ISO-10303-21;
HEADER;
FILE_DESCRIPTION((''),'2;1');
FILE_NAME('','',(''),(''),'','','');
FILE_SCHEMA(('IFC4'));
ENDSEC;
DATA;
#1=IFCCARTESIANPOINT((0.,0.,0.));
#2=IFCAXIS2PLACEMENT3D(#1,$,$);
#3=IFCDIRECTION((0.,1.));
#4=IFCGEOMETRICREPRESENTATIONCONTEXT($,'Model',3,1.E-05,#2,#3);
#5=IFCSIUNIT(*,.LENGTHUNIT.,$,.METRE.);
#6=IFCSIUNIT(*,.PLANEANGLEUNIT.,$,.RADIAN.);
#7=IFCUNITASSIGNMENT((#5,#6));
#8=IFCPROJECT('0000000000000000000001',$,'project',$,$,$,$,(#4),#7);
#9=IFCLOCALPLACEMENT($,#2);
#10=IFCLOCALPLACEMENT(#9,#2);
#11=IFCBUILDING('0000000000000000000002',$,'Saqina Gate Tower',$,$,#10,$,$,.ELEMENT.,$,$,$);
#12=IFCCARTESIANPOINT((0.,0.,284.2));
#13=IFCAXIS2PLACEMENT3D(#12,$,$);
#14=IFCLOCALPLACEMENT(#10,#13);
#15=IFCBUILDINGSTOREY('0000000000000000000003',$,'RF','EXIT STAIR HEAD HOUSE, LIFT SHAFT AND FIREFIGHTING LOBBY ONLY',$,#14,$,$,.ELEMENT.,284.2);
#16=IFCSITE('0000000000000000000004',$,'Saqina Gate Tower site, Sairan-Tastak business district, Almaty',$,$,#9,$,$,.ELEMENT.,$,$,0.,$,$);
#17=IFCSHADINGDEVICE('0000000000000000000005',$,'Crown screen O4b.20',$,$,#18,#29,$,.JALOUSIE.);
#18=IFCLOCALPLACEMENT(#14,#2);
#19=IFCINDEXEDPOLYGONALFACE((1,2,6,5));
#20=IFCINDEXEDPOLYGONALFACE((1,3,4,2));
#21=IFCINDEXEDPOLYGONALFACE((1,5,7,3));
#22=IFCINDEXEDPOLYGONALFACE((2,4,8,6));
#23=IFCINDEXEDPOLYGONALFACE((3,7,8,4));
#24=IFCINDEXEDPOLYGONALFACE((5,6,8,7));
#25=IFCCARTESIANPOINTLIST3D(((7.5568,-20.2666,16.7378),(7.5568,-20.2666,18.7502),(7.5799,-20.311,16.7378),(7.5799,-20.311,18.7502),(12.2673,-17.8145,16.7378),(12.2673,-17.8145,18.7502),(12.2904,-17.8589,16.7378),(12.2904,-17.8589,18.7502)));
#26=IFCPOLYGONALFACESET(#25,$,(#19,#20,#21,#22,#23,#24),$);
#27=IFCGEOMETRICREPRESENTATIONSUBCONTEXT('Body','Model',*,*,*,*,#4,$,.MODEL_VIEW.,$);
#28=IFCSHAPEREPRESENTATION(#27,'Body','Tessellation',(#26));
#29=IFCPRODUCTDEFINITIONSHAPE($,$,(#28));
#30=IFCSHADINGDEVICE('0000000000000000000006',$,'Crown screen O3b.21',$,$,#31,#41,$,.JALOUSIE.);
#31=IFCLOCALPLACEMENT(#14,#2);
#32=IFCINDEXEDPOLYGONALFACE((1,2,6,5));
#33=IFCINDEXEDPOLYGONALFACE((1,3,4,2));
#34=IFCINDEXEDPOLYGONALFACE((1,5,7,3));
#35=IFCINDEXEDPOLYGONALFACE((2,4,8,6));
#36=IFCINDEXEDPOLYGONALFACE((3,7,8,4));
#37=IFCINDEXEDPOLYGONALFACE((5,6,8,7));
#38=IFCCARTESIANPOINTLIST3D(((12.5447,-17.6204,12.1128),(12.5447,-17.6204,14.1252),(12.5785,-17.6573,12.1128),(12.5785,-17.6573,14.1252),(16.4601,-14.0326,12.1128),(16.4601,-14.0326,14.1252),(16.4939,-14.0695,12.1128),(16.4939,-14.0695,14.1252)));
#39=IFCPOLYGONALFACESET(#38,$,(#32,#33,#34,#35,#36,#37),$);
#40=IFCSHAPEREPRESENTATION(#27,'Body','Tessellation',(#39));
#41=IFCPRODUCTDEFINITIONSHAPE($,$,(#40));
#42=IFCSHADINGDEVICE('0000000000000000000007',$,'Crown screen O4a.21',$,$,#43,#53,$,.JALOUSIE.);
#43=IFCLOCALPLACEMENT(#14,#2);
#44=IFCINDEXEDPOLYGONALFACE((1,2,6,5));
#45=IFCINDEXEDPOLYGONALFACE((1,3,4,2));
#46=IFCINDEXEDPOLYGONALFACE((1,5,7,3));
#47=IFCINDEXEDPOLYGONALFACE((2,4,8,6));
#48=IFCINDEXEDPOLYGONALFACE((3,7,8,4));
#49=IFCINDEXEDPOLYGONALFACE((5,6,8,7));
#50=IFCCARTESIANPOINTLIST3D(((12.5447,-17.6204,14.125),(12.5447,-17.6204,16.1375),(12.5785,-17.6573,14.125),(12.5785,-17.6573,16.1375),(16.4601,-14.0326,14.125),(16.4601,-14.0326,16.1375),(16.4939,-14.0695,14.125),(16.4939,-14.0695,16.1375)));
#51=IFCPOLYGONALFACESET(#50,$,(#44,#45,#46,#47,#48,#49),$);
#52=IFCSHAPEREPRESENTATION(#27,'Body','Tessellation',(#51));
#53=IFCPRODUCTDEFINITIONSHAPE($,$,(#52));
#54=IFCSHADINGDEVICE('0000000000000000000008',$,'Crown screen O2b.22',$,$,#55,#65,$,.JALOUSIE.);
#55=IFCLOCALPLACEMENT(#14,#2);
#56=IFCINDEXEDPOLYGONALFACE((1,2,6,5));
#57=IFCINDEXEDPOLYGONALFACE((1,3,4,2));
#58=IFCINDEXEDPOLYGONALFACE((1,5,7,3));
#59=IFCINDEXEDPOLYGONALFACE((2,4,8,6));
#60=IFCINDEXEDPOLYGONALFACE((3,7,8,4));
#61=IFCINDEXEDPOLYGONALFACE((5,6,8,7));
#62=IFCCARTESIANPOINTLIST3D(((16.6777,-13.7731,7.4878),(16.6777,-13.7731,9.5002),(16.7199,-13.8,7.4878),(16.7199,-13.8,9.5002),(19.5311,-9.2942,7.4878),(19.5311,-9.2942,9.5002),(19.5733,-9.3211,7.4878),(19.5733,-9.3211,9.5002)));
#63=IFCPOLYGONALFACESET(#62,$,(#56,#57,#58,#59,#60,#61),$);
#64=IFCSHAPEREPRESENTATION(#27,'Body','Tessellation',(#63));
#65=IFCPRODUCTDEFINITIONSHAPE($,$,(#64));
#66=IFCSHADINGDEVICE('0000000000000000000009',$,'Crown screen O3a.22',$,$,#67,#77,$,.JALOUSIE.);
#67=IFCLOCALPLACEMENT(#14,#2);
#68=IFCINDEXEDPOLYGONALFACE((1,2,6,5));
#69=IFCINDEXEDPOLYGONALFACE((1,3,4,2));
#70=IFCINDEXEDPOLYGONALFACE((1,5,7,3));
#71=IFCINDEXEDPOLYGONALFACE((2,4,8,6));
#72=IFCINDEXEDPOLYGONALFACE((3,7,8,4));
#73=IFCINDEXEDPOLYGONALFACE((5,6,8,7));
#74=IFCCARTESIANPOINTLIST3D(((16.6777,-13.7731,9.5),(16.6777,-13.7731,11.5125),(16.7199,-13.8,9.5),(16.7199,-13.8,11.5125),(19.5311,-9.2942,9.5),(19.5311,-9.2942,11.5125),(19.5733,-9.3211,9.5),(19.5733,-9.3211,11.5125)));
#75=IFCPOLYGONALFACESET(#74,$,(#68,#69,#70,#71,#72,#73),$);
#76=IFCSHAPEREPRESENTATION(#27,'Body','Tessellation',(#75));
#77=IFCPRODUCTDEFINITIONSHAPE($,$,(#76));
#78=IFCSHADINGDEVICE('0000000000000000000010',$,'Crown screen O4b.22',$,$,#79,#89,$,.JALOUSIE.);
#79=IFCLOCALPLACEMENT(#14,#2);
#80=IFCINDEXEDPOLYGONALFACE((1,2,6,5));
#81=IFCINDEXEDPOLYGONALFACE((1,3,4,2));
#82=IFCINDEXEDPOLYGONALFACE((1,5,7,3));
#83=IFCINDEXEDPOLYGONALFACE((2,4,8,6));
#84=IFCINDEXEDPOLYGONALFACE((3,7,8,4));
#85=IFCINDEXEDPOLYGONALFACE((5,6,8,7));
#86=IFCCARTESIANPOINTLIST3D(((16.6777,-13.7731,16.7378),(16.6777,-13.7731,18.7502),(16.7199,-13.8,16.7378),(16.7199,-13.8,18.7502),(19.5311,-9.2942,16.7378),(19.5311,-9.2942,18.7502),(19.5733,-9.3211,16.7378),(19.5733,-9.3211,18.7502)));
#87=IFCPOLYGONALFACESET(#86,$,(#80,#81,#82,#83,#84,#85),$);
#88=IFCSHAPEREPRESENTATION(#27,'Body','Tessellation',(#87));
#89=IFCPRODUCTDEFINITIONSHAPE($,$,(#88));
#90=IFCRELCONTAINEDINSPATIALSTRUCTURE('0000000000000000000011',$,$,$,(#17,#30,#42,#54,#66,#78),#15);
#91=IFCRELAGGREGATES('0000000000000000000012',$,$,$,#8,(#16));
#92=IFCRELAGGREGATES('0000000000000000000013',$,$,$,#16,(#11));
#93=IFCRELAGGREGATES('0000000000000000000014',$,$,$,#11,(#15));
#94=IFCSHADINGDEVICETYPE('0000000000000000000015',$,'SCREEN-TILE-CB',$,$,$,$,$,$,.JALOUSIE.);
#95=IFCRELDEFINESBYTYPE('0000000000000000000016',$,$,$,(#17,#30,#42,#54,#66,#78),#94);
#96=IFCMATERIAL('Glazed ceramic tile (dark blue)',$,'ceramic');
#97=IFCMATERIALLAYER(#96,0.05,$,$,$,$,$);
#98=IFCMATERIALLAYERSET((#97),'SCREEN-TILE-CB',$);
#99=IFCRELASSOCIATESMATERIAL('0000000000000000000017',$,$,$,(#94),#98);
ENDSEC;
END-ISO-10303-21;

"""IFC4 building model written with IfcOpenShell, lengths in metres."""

from ifc_helpers import new_model, si_unit, direction, frame, origin, origin_2d, place, context, subcontext, project, spatial, rectangle, extrude, material, layer, layer_set, type_object, element, save


model = new_model("IFC4")

# Units and contexts
model_context = context("Model", 3, precision=1e-05, world=origin(), true_north=direction((0.0, 1.0)))
body_context = subcontext(model_context, "Body", "Model", "MODEL_VIEW")
ifc_project = project(units=[si_unit("LENGTHUNIT", "METRE"), si_unit("PLANEANGLEUNIT", "RADIAN")], contexts=[model_context])

# Site, building, storey
site_placement = place(None, origin())
site = spatial("IfcSite", under=ifc_project, at=site_placement, Name="Saqina Gate Tower site, Sairan-Tastak business district, Almaty", CompositionType="ELEMENT", RefElevation=0.0)
building_placement = place(site_placement, origin())
building = spatial("IfcBuilding", under=site, at=building_placement, Name="Saqina Gate Tower", CompositionType="ELEMENT")
storey_placement = place(building_placement, frame((0.0, 0.0, 284.2)))
storey = spatial("IfcBuildingStorey", under=building, at=storey_placement, Name="RF", Description="EXIT STAIR HEAD HOUSE, LIFT SHAFT AND FIREFIGHTING LOBBY ONLY", CompositionType="ELEMENT", Elevation=284.2)

# Shading devices
ifc_material_1 = material(Name="Glazed ceramic tile (dark blue)", Category="ceramic")
ifc_layer_1 = layer(ifc_material_1, 0.05)
ifc_layer_set_1 = layer_set([ifc_layer_1], Name="SCREEN-TILE-CB")
shading_device_type_1 = type_object("IfcShadingDeviceType", Name="SCREEN-TILE-CB", PredefinedType="JALOUSIE", material=ifc_layer_set_1)
for number, where, z_axis, x_axis, name in (
    (1, (9.9236, -19.0627, 16.7378), (0.0, 0.0, 1.0), (0.887011, 0.461749, 0.0), "Crown screen O4b.20"),
    (2, (14.5193, -15.845, 12.1128), (0.0, 0.0, 1.0), (0.737277, 0.67559, 0.0), "Crown screen O3b.21"),
    (3, (14.5193, -15.845, 14.125), (0.0, 0.0, 1.0), (0.737277, 0.67559, 0.0), "Crown screen O4a.21"),
    (4, (18.1255, -11.5471, 7.4878), (0.0, 0.0, 1.0), (0.5373, 0.843391, 0.0), "Crown screen O2b.22"),
    (5, (18.1255, -11.5471, 9.5), (0.0, 0.0, 1.0), (0.5373, 0.843391, 0.0), "Crown screen O3a.22"),
    (6, (18.1255, -11.5471, 16.7378), (0.0, 0.0, 1.0), (0.5373, 0.843391, 0.0), "Crown screen O4b.22"),
):
    element("IfcShadingDevice", number, at=place(storey_placement, frame(where, z_axis=z_axis, x_axis=x_axis)), inside=storey, type_object=shading_device_type_1, Name=name, PredefinedType="JALOUSIE", context=body_context, shape_type="SweptSolid", body=[
        extrude(rectangle(XDim=5.3105, YDim=0.05, at=origin_2d()), origin(), (0.0, 0.0, 1.0), 2.0125),
    ])

save(model, "model.ifc")
